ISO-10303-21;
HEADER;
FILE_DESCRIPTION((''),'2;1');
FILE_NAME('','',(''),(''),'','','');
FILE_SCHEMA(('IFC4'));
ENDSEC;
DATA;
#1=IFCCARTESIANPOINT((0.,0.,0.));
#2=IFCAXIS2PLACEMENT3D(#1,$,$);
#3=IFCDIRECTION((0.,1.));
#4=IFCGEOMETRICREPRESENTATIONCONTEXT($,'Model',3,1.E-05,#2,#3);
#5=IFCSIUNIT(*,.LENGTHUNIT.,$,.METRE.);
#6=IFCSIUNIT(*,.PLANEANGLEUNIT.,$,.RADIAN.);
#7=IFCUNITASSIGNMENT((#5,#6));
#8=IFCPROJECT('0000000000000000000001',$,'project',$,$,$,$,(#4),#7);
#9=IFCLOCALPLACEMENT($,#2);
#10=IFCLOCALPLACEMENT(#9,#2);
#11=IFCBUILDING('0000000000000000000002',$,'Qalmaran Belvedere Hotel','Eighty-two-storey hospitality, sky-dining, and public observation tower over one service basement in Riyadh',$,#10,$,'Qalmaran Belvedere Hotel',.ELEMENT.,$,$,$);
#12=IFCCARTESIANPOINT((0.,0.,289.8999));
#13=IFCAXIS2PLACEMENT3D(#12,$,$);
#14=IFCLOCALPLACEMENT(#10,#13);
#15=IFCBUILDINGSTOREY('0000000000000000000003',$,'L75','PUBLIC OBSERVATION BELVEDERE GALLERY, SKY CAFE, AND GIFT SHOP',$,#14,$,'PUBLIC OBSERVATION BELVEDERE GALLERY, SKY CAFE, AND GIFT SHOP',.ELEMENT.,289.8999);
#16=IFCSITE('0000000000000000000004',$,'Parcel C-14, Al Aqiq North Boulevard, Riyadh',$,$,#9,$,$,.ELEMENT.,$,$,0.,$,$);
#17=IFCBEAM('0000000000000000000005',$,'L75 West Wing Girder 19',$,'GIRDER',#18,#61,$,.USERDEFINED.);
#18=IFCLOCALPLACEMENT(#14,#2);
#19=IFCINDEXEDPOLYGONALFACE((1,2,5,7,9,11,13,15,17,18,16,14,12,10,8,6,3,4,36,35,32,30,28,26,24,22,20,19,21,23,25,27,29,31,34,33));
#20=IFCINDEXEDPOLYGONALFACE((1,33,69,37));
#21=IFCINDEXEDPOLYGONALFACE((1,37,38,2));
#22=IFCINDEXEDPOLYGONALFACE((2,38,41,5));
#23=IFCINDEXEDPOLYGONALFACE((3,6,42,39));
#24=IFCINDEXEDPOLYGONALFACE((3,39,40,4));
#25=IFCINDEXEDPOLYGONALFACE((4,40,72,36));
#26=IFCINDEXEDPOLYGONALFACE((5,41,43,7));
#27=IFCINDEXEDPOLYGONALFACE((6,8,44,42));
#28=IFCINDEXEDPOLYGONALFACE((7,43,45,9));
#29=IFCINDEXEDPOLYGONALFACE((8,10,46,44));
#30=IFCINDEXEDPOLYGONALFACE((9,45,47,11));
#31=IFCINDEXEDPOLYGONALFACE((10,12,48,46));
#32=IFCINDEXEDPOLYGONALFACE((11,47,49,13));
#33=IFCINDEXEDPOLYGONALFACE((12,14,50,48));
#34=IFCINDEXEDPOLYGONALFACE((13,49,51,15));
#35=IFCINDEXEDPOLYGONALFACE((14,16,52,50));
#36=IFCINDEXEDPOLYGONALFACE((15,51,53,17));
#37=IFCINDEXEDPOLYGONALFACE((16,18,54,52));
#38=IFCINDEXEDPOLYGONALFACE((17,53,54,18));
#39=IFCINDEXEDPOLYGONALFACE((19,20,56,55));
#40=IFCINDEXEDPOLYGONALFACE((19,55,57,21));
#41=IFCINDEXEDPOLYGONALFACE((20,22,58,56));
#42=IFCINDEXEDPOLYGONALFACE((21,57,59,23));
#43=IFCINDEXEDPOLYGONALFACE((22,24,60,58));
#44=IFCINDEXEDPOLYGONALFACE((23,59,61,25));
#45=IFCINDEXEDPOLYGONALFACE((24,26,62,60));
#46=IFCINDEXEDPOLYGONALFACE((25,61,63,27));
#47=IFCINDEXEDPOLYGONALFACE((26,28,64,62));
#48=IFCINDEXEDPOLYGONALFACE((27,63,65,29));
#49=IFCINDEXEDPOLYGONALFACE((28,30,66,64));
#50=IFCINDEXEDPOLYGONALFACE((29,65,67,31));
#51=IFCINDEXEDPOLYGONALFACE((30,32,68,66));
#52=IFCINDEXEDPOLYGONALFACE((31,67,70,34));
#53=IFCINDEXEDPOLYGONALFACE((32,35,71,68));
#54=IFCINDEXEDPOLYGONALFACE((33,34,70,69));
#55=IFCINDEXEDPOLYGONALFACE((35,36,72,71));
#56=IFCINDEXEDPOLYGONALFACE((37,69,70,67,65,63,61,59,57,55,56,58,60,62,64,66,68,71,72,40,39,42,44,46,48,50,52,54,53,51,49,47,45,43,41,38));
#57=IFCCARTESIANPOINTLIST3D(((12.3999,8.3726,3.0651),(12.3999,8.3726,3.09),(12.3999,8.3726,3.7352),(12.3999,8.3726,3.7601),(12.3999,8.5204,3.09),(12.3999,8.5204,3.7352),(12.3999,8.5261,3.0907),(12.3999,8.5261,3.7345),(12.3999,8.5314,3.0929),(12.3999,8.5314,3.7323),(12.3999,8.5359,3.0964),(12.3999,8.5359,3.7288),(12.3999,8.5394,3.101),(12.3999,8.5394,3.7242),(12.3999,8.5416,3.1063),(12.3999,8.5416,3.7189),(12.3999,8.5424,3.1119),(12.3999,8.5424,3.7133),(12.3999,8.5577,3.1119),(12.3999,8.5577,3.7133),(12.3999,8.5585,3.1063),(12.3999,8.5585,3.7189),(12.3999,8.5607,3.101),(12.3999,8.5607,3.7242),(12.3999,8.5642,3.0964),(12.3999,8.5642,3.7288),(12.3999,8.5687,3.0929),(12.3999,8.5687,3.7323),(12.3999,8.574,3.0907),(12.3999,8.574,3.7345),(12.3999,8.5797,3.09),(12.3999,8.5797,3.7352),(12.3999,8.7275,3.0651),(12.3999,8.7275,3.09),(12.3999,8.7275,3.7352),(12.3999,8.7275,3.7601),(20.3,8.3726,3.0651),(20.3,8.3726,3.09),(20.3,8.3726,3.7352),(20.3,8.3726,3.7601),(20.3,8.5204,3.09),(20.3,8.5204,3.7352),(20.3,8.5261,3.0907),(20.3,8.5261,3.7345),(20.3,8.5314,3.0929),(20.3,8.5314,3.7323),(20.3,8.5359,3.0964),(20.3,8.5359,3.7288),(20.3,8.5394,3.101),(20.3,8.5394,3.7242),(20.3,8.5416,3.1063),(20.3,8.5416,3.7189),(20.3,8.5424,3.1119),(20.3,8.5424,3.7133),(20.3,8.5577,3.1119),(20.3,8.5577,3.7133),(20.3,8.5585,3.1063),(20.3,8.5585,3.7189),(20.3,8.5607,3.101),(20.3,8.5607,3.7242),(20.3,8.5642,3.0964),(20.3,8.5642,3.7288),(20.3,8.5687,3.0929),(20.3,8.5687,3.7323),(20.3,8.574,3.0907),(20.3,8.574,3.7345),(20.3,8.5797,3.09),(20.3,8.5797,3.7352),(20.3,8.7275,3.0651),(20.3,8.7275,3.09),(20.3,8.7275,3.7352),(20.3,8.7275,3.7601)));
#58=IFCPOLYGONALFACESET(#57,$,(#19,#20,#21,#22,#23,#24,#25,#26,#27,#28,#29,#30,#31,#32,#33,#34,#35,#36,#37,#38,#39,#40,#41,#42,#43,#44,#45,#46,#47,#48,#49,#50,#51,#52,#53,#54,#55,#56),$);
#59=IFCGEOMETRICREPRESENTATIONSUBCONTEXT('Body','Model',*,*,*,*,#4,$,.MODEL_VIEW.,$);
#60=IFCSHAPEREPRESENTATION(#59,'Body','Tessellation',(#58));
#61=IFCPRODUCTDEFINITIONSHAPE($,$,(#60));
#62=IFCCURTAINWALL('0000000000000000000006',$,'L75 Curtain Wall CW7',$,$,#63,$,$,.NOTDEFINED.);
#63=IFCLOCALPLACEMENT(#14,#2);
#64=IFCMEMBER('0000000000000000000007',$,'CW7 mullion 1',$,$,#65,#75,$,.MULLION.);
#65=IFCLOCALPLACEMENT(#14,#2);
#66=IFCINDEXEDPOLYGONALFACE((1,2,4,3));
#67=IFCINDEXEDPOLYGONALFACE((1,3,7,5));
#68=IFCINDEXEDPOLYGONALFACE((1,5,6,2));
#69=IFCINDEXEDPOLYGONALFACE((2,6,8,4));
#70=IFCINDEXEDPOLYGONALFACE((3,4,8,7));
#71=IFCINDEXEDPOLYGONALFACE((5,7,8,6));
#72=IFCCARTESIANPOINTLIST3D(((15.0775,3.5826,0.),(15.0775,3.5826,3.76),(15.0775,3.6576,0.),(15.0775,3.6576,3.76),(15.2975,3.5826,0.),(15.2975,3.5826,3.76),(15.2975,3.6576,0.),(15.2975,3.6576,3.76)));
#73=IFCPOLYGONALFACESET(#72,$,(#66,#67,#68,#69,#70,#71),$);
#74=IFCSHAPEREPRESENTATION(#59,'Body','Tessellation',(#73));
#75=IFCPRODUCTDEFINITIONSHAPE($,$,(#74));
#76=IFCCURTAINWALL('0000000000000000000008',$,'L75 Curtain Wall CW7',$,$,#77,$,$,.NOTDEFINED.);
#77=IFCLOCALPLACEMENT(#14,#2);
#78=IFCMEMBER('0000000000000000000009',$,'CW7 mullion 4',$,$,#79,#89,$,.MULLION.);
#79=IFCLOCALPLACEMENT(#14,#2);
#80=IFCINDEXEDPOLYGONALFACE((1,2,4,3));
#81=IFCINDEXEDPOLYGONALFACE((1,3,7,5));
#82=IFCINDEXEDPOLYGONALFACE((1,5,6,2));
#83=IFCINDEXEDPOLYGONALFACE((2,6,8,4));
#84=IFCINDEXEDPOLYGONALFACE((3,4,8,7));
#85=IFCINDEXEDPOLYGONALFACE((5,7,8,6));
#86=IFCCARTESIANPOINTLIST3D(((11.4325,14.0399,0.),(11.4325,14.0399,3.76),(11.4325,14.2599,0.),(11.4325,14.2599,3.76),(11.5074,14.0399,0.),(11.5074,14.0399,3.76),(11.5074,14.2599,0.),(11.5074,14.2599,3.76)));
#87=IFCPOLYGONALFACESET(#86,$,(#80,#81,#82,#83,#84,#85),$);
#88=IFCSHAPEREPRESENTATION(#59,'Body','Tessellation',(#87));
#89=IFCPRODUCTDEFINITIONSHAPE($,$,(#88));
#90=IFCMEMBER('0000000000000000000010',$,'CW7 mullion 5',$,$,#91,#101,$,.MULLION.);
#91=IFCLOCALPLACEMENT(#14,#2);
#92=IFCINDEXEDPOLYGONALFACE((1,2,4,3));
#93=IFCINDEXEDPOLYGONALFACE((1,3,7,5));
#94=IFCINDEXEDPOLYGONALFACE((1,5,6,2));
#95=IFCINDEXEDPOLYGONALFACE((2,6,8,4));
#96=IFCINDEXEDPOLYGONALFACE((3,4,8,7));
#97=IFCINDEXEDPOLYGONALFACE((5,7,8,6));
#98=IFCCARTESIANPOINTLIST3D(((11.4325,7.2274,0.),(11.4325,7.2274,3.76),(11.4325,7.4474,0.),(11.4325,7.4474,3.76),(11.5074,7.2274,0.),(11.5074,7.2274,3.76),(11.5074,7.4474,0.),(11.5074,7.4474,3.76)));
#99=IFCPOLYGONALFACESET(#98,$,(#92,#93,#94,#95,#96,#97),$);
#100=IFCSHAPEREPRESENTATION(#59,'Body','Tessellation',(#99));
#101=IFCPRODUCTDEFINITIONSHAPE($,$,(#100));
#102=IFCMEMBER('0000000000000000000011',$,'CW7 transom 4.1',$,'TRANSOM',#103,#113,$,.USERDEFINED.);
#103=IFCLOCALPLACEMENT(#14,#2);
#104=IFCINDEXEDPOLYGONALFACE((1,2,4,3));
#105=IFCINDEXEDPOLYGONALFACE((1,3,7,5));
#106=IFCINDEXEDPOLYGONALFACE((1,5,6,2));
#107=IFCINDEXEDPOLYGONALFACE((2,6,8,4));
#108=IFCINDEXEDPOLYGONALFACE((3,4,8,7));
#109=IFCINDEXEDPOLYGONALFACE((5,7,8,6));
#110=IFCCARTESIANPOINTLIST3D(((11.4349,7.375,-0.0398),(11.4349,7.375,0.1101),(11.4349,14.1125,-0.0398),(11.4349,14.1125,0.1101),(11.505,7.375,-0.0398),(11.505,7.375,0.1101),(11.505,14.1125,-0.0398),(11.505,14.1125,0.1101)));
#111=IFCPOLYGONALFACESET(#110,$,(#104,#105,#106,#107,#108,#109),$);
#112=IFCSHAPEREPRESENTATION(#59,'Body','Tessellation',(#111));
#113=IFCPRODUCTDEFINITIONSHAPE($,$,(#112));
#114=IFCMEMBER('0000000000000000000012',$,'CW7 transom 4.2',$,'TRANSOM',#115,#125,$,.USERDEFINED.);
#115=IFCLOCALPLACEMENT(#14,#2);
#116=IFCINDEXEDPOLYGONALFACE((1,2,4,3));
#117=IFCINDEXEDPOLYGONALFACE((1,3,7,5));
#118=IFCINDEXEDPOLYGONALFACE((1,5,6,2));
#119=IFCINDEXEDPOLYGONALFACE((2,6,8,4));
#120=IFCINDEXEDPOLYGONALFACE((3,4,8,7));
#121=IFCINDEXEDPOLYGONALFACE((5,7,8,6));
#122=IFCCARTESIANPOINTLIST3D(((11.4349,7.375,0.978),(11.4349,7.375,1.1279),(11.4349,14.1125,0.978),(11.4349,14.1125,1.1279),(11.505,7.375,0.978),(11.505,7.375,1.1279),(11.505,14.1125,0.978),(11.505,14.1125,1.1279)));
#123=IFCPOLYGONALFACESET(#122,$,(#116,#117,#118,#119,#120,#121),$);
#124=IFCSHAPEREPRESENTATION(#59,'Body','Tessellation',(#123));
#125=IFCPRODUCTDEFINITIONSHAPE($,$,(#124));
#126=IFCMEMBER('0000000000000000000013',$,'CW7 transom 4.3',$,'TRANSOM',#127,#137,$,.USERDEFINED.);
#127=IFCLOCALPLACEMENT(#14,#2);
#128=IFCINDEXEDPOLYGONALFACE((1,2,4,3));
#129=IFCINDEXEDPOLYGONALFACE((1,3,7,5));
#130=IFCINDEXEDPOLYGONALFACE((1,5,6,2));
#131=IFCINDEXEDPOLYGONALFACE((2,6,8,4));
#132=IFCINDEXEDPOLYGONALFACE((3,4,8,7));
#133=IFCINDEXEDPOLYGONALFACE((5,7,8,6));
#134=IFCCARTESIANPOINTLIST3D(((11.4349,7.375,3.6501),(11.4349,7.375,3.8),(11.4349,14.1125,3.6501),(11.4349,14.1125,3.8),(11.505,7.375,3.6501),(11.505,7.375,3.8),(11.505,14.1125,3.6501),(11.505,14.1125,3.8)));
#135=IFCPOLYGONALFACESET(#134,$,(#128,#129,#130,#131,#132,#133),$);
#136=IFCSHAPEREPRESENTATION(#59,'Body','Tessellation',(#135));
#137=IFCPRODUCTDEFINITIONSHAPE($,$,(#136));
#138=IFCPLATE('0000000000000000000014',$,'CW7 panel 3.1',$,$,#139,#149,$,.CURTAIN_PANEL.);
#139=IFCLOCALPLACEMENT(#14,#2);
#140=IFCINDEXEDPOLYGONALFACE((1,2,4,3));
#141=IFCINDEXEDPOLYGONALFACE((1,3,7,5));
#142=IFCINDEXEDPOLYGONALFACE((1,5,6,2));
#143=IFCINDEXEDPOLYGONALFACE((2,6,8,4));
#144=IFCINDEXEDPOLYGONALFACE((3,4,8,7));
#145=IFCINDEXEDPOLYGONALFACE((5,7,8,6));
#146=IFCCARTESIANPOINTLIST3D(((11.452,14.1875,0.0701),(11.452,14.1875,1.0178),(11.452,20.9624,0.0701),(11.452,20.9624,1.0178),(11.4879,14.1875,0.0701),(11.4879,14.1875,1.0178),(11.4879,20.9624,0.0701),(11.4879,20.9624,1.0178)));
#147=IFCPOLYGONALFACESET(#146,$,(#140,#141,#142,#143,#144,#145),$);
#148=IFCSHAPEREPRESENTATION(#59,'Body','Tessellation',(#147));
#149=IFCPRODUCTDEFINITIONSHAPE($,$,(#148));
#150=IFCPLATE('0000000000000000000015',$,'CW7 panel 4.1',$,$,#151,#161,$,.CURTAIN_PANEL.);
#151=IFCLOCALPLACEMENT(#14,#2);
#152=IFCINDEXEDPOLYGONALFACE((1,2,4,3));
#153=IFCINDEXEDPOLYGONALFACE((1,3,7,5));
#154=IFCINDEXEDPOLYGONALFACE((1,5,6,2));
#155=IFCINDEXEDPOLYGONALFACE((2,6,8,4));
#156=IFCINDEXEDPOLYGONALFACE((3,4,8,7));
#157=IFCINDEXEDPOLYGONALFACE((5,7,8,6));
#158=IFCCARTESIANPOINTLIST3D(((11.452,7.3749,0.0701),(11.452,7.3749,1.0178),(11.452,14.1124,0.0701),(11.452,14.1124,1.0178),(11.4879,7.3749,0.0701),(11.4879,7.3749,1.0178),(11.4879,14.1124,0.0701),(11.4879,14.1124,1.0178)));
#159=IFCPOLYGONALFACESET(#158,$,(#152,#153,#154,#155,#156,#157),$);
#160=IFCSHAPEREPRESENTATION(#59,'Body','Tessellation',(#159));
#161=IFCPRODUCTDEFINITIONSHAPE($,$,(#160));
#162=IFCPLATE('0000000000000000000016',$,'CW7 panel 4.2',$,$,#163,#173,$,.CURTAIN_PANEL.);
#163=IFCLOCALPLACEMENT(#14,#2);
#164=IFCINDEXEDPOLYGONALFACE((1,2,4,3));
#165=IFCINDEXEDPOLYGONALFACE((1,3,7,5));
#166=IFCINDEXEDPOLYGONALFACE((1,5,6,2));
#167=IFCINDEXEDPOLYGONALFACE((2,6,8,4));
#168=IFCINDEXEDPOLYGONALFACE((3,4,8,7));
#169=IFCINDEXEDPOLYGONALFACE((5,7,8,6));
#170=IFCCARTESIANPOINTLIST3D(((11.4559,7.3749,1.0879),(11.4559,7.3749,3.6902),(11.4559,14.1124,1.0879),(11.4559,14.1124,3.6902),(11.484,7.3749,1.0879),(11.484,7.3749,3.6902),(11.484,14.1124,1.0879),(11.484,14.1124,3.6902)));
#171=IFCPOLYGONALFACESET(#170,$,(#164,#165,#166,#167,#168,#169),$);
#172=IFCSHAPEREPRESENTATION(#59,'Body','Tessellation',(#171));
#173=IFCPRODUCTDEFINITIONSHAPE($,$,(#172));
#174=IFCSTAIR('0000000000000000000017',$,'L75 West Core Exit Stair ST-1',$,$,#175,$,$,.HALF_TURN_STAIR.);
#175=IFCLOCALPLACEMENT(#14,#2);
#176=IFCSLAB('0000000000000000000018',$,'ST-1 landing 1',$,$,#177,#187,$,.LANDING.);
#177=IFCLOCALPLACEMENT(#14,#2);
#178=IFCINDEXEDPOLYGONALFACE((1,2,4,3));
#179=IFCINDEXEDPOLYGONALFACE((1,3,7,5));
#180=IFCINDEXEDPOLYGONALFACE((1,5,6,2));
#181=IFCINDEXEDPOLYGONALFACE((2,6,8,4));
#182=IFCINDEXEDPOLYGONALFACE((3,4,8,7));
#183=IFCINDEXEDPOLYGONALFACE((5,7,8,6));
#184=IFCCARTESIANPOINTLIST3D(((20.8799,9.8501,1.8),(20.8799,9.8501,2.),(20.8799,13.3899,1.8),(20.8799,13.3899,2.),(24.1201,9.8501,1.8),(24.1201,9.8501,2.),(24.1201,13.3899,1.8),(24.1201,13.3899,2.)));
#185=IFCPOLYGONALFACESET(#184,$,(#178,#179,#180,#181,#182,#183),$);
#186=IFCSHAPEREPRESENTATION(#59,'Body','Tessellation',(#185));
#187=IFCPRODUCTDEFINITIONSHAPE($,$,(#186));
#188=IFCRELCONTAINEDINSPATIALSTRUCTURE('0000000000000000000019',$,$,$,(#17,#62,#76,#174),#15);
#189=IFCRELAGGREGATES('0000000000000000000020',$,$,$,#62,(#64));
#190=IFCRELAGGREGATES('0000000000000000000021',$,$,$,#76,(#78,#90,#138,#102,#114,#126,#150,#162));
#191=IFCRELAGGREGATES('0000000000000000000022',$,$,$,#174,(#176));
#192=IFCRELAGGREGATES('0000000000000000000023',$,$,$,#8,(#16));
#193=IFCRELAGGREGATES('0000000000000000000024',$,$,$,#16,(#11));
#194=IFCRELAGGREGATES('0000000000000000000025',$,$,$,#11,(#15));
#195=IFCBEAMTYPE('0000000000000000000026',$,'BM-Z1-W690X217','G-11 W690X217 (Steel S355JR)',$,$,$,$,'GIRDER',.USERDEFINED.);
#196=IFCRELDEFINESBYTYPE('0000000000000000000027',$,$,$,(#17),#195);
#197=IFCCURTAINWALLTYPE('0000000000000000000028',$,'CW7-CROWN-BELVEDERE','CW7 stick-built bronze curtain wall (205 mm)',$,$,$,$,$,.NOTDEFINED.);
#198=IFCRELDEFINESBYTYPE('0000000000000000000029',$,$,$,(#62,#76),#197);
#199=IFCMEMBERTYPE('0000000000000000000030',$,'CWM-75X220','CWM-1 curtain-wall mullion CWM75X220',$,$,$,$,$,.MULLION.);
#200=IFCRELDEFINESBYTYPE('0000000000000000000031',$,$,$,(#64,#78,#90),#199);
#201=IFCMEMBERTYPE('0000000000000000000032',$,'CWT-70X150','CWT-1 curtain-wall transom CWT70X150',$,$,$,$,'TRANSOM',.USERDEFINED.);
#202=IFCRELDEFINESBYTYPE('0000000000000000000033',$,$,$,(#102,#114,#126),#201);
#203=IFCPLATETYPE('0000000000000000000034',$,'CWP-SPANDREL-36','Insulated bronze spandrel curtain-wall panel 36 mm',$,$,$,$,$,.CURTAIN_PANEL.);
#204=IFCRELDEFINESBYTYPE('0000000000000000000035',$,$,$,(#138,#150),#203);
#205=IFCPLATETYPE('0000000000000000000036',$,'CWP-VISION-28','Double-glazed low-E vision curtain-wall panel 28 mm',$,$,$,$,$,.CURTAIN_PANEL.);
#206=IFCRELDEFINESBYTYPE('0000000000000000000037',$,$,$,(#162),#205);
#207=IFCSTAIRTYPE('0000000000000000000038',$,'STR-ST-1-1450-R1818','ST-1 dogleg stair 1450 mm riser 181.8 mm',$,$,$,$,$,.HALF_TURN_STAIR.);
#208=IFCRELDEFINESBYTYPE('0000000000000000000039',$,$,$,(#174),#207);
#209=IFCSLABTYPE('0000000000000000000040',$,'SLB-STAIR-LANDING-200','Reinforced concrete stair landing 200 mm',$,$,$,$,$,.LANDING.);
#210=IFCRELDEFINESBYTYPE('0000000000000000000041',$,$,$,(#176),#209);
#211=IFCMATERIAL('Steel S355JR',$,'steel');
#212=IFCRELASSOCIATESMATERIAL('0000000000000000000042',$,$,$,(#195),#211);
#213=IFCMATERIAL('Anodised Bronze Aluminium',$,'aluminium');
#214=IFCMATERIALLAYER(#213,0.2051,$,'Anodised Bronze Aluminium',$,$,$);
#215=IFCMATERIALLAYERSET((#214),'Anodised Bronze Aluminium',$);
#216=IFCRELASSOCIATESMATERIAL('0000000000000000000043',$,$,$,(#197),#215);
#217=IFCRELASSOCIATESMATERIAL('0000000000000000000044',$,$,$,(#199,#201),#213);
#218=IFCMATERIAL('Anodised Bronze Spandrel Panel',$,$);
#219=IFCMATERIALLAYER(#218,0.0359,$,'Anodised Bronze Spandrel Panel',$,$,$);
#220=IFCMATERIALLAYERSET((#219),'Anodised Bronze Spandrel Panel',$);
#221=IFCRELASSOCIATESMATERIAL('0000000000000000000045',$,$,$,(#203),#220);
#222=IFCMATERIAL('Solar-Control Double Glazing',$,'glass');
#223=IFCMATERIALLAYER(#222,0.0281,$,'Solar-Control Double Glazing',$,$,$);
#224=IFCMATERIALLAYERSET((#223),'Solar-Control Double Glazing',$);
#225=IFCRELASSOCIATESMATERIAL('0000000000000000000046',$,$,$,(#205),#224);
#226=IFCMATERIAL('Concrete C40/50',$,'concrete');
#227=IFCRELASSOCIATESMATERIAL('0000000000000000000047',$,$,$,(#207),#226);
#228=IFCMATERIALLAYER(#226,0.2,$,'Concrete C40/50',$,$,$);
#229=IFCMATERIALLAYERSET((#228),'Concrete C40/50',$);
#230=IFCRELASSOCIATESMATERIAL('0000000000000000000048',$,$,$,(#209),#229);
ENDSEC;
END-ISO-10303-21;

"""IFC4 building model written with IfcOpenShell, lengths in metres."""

from ifc_helpers import new_model, si_unit, direction, frame, origin, origin_2d, place, context, subcontext, project, spatial, polyline, rectangle, i_section, outline, extrude, material, layer, layer_set, material_profile, profile_set, type_object, element, aggregate, save


model = new_model("IFC4")

# Units and contexts
model_context = context("Model", 3, precision=1e-05, world=origin(), true_north=direction((0.0, 1.0)))
body_context = subcontext(model_context, "Body", "Model", "MODEL_VIEW")
ifc_project = project(units=[si_unit("LENGTHUNIT", "METRE"), si_unit("PLANEANGLEUNIT", "RADIAN")], contexts=[model_context])

# Site, building, storey
site_placement = place(None, origin())
site = spatial("IfcSite", under=ifc_project, at=site_placement, Name="Parcel C-14, Al Aqiq North Boulevard, Riyadh", CompositionType="ELEMENT", RefElevation=0.0)
building_placement = place(site_placement, origin())
building = spatial("IfcBuilding", under=site, at=building_placement, Name="Qalmaran Belvedere Hotel", Description="Eighty-two-storey hospitality, sky-dining, and public observation tower over one service basement in Riyadh", LongName="Qalmaran Belvedere Hotel", CompositionType="ELEMENT")
storey_placement = place(building_placement, frame((0.0, 0.0, 289.8999)))
storey = spatial("IfcBuildingStorey", under=building, at=storey_placement, Name="L75", Description="PUBLIC OBSERVATION BELVEDERE GALLERY, SKY CAFE, AND GIFT SHOP", LongName="PUBLIC OBSERVATION BELVEDERE GALLERY, SKY CAFE, AND GIFT SHOP", CompositionType="ELEMENT", Elevation=289.8999)

# Beam
ifc_material_1 = material(Name="Steel S355JR", Category="steel")
ifc_material_profile_1 = material_profile(ifc_material_1, i_section(OverallWidth=0.355, OverallDepth=0.6951, WebThickness=0.0154, FlangeThickness=0.0249, FilletRadius=0.022, at=origin_2d()), Name="W690X217")
ifc_profile_set_1 = profile_set([ifc_material_profile_1], Name="Steel S355JR")
beam_type_1 = type_object("IfcBeamType", Name="BM-Z1-W690X217", Description="G-11 W690X217 (Steel S355JR)", ElementType="GIRDER", PredefinedType="USERDEFINED", material=ifc_profile_set_1)
beam_1_placement = place(storey_placement, frame((12.3999, 8.55, 3.4126), z_axis=(1.0, 0.0, 0.0), x_axis=(0.0, 1.0, 0.0)))
element("IfcBeam", 1, at=beam_1_placement, inside=storey, type_object=beam_type_1, Name="L75 West Wing Girder 19", ObjectType="GIRDER", PredefinedType="USERDEFINED", context=body_context, shape_type="SweptSolid", body=[
    extrude(i_section(OverallWidth=0.355, OverallDepth=0.6951, WebThickness=0.0154, FlangeThickness=0.0249, FilletRadius=0.022, at=origin_2d()), origin(), (0.0, 0.0, 1.0), 7.9001),
])

# Curtain wall, member
ifc_material_2 = material(Name="Anodised Bronze Aluminium", Category="aluminium")
ifc_layer_1 = layer(ifc_material_2, 0.2051, Name="Anodised Bronze Aluminium")
ifc_layer_set_1 = layer_set([ifc_layer_1], Name="Anodised Bronze Aluminium")
curtain_wall_type = type_object("IfcCurtainWallType", Name="CW7-CROWN-BELVEDERE", Description="CW7 stick-built bronze curtain wall (205 mm)", PredefinedType="NOTDEFINED", material=ifc_layer_set_1)
curtain_wall_1_placement = place(storey_placement, origin())
curtain_wall_1 = element("IfcCurtainWall", 2, at=curtain_wall_1_placement, inside=storey, type_object=curtain_wall_type, Name="L75 Curtain Wall CW7", PredefinedType="NOTDEFINED")
ifc_material_profile_2 = material_profile(ifc_material_2, rectangle(XDim=0.075, YDim=0.22, at=origin_2d()), Name="CWM75X220")
ifc_profile_set_2 = profile_set([ifc_material_profile_2], Name="Anodised Bronze Aluminium")
member_type_1 = type_object("IfcMemberType", Name="CWM-75X220", Description="CWM-1 curtain-wall mullion CWM75X220", PredefinedType="MULLION", material=ifc_profile_set_2)
member_1_placement = place(storey_placement, frame((15.1875, 3.6201, 0.0), z_axis=(0.0, 0.0, 1.0), x_axis=(0.0, 1.0, 0.0)))
member_1 = element("IfcMember", 3, at=member_1_placement, type_object=member_type_1, Name="CW7 mullion 1", PredefinedType="MULLION", context=body_context, shape_type="SweptSolid", body=[
    extrude(rectangle(XDim=0.075, YDim=0.22, at=origin_2d()), origin(), (0.0, 0.0, 1.0), 3.76),
])
aggregate(curtain_wall_1, [member_1])

# Curtain wall, members, plates
curtain_wall_2_placement = place(storey_placement, origin())
curtain_wall_2 = element("IfcCurtainWall", 4, at=curtain_wall_2_placement, inside=storey, type_object=curtain_wall_type, Name="L75 Curtain Wall CW7", PredefinedType="NOTDEFINED")
member_2_placement = place(storey_placement, frame((11.47, 14.1499, 0.0), z_axis=(0.0, 0.0, 1.0), x_axis=(1.0, 0.0, 0.0)))
member_2 = element("IfcMember", 5, at=member_2_placement, type_object=member_type_1, Name="CW7 mullion 4", PredefinedType="MULLION", context=body_context, shape_type="SweptSolid", body=[
    extrude(rectangle(XDim=0.075, YDim=0.22, at=origin_2d()), origin(), (0.0, 0.0, 1.0), 3.76),
])
member_3_placement = place(storey_placement, frame((11.47, 7.3374, 0.0), z_axis=(0.0, 0.0, 1.0), x_axis=(1.0, 0.0, 0.0)))
member_3 = element("IfcMember", 6, at=member_3_placement, type_object=member_type_1, Name="CW7 mullion 5", PredefinedType="MULLION", context=body_context, shape_type="SweptSolid", body=[
    extrude(rectangle(XDim=0.075, YDim=0.22, at=origin_2d()), origin(), (0.0, 0.0, 1.0), 3.76),
])
ifc_material_profile_3 = material_profile(ifc_material_2, rectangle(XDim=0.0701, YDim=0.1499, at=origin_2d()), Name="CWT70X150")
ifc_profile_set_3 = profile_set([ifc_material_profile_3], Name="Anodised Bronze Aluminium")
member_type_2 = type_object("IfcMemberType", Name="CWT-70X150", Description="CWT-1 curtain-wall transom CWT70X150", ElementType="TRANSOM", PredefinedType="USERDEFINED", material=ifc_profile_set_3)
member_4_placement = place(storey_placement, frame((11.47, 14.1125, 0.0352), z_axis=(0.0, -1.0, 0.0), x_axis=(1.0, 0.0, 0.0)))
member_4 = element("IfcMember", 7, at=member_4_placement, type_object=member_type_2, Name="CW7 transom 4.1", ObjectType="TRANSOM", PredefinedType="USERDEFINED", context=body_context, shape_type="SweptSolid", body=[
    extrude(rectangle(XDim=0.0701, YDim=0.1499, at=origin_2d()), origin(), (0.0, 0.0, 1.0), 6.7375),
])
member_5_placement = place(storey_placement, frame((11.47, 14.1125, 1.053), z_axis=(0.0, -1.0, 0.0), x_axis=(1.0, 0.0, 0.0)))
member_5 = element("IfcMember", 8, at=member_5_placement, type_object=member_type_2, Name="CW7 transom 4.2", ObjectType="TRANSOM", PredefinedType="USERDEFINED", context=body_context, shape_type="SweptSolid", body=[
    extrude(rectangle(XDim=0.0701, YDim=0.1499, at=origin_2d()), origin(), (0.0, 0.0, 1.0), 6.7375),
])
member_6_placement = place(storey_placement, frame((11.47, 14.1125, 3.7251), z_axis=(0.0, -1.0, 0.0), x_axis=(1.0, 0.0, 0.0)))
member_6 = element("IfcMember", 9, at=member_6_placement, type_object=member_type_2, Name="CW7 transom 4.3", ObjectType="TRANSOM", PredefinedType="USERDEFINED", context=body_context, shape_type="SweptSolid", body=[
    extrude(rectangle(XDim=0.0701, YDim=0.1499, at=origin_2d()), origin(), (0.0, 0.0, 1.0), 6.7375),
])
ifc_material_3 = material(Name="Anodised Bronze Spandrel Panel")
ifc_layer_2 = layer(ifc_material_3, 0.0359, Name="Anodised Bronze Spandrel Panel")
ifc_layer_set_2 = layer_set([ifc_layer_2], Name="Anodised Bronze Spandrel Panel")
plate_type_1 = type_object("IfcPlateType", Name="CWP-SPANDREL-36", Description="Insulated bronze spandrel curtain-wall panel 36 mm", PredefinedType="CURTAIN_PANEL", material=ifc_layer_set_2)
plate_1_placement = place(storey_placement, frame((11.47, 17.575, 0.0701), z_axis=(0.0, 0.0, 1.0), x_axis=(0.0, -1.0, 0.0)))
plate_1 = element("IfcPlate", 10, at=plate_1_placement, type_object=plate_type_1, Name="CW7 panel 3.1", PredefinedType="CURTAIN_PANEL", context=body_context, shape_type="SweptSolid", body=[
    extrude(rectangle(XDim=6.7749, YDim=0.0359, at=origin_2d()), origin(), (0.0, 0.0, 1.0), 0.9478),
])
plate_2_placement = place(storey_placement, frame((11.47, 10.7437, 0.0701), z_axis=(0.0, 0.0, 1.0), x_axis=(0.0, -1.0, 0.0)))
plate_2 = element("IfcPlate", 11, at=plate_2_placement, type_object=plate_type_1, Name="CW7 panel 4.1", PredefinedType="CURTAIN_PANEL", context=body_context, shape_type="SweptSolid", body=[
    extrude(rectangle(XDim=6.7375, YDim=0.0359, at=origin_2d()), origin(), (0.0, 0.0, 1.0), 0.9478),
])
ifc_material_4 = material(Name="Solar-Control Double Glazing", Category="glass")
ifc_layer_3 = layer(ifc_material_4, 0.0281, Name="Solar-Control Double Glazing")
ifc_layer_set_3 = layer_set([ifc_layer_3], Name="Solar-Control Double Glazing")
plate_type_2 = type_object("IfcPlateType", Name="CWP-VISION-28", Description="Double-glazed low-E vision curtain-wall panel 28 mm", PredefinedType="CURTAIN_PANEL", material=ifc_layer_set_3)
plate_3_placement = place(storey_placement, frame((11.47, 10.7437, 1.0879), z_axis=(0.0, 0.0, 1.0), x_axis=(0.0, -1.0, 0.0)))
plate_3 = element("IfcPlate", 12, at=plate_3_placement, type_object=plate_type_2, Name="CW7 panel 4.2", PredefinedType="CURTAIN_PANEL", context=body_context, shape_type="SweptSolid", body=[
    extrude(rectangle(XDim=6.7375, YDim=0.0281, at=origin_2d()), origin(), (0.0, 0.0, 1.0), 2.6023),
])
aggregate(curtain_wall_2, [member_2, member_3, plate_1, member_4, member_5, member_6, plate_2, plate_3])

# Stair, slab
ifc_material_5 = material(Name="Concrete C40/50", Category="concrete")
stair_type_1 = type_object("IfcStairType", Name="STR-ST-1-1450-R1818", Description="ST-1 dogleg stair 1450 mm riser 181.8 mm", PredefinedType="HALF_TURN_STAIR", material=ifc_material_5)
stair_1_placement = place(storey_placement, origin())
stair_1 = element("IfcStair", 13, at=stair_1_placement, inside=storey, type_object=stair_type_1, Name="L75 West Core Exit Stair ST-1", PredefinedType="HALF_TURN_STAIR")
ifc_layer_4 = layer(ifc_material_5, 0.2, Name="Concrete C40/50")
ifc_layer_set_4 = layer_set([ifc_layer_4], Name="Concrete C40/50")
slab_type_1 = type_object("IfcSlabType", Name="SLB-STAIR-LANDING-200", Description="Reinforced concrete stair landing 200 mm", PredefinedType="LANDING", material=ifc_layer_set_4)
slab_1_placement = place(storey_placement, frame((0.0, 0.0, 1.8)))
slab_1 = element("IfcSlab", 14, at=slab_1_placement, type_object=slab_type_1, Name="ST-1 landing 1", PredefinedType="LANDING", context=body_context, shape_type="SweptSolid", body=[
    extrude(outline(polyline([(20.8799, 13.3899), (20.8799, 9.8501), (24.1201, 9.8501), (24.1201, 13.3899), (20.8799, 13.3899)])), origin(), (0.0, 0.0, 1.0), 0.2),
])
aggregate(stair_1, [slab_1])

save(model, "model.ifc")
